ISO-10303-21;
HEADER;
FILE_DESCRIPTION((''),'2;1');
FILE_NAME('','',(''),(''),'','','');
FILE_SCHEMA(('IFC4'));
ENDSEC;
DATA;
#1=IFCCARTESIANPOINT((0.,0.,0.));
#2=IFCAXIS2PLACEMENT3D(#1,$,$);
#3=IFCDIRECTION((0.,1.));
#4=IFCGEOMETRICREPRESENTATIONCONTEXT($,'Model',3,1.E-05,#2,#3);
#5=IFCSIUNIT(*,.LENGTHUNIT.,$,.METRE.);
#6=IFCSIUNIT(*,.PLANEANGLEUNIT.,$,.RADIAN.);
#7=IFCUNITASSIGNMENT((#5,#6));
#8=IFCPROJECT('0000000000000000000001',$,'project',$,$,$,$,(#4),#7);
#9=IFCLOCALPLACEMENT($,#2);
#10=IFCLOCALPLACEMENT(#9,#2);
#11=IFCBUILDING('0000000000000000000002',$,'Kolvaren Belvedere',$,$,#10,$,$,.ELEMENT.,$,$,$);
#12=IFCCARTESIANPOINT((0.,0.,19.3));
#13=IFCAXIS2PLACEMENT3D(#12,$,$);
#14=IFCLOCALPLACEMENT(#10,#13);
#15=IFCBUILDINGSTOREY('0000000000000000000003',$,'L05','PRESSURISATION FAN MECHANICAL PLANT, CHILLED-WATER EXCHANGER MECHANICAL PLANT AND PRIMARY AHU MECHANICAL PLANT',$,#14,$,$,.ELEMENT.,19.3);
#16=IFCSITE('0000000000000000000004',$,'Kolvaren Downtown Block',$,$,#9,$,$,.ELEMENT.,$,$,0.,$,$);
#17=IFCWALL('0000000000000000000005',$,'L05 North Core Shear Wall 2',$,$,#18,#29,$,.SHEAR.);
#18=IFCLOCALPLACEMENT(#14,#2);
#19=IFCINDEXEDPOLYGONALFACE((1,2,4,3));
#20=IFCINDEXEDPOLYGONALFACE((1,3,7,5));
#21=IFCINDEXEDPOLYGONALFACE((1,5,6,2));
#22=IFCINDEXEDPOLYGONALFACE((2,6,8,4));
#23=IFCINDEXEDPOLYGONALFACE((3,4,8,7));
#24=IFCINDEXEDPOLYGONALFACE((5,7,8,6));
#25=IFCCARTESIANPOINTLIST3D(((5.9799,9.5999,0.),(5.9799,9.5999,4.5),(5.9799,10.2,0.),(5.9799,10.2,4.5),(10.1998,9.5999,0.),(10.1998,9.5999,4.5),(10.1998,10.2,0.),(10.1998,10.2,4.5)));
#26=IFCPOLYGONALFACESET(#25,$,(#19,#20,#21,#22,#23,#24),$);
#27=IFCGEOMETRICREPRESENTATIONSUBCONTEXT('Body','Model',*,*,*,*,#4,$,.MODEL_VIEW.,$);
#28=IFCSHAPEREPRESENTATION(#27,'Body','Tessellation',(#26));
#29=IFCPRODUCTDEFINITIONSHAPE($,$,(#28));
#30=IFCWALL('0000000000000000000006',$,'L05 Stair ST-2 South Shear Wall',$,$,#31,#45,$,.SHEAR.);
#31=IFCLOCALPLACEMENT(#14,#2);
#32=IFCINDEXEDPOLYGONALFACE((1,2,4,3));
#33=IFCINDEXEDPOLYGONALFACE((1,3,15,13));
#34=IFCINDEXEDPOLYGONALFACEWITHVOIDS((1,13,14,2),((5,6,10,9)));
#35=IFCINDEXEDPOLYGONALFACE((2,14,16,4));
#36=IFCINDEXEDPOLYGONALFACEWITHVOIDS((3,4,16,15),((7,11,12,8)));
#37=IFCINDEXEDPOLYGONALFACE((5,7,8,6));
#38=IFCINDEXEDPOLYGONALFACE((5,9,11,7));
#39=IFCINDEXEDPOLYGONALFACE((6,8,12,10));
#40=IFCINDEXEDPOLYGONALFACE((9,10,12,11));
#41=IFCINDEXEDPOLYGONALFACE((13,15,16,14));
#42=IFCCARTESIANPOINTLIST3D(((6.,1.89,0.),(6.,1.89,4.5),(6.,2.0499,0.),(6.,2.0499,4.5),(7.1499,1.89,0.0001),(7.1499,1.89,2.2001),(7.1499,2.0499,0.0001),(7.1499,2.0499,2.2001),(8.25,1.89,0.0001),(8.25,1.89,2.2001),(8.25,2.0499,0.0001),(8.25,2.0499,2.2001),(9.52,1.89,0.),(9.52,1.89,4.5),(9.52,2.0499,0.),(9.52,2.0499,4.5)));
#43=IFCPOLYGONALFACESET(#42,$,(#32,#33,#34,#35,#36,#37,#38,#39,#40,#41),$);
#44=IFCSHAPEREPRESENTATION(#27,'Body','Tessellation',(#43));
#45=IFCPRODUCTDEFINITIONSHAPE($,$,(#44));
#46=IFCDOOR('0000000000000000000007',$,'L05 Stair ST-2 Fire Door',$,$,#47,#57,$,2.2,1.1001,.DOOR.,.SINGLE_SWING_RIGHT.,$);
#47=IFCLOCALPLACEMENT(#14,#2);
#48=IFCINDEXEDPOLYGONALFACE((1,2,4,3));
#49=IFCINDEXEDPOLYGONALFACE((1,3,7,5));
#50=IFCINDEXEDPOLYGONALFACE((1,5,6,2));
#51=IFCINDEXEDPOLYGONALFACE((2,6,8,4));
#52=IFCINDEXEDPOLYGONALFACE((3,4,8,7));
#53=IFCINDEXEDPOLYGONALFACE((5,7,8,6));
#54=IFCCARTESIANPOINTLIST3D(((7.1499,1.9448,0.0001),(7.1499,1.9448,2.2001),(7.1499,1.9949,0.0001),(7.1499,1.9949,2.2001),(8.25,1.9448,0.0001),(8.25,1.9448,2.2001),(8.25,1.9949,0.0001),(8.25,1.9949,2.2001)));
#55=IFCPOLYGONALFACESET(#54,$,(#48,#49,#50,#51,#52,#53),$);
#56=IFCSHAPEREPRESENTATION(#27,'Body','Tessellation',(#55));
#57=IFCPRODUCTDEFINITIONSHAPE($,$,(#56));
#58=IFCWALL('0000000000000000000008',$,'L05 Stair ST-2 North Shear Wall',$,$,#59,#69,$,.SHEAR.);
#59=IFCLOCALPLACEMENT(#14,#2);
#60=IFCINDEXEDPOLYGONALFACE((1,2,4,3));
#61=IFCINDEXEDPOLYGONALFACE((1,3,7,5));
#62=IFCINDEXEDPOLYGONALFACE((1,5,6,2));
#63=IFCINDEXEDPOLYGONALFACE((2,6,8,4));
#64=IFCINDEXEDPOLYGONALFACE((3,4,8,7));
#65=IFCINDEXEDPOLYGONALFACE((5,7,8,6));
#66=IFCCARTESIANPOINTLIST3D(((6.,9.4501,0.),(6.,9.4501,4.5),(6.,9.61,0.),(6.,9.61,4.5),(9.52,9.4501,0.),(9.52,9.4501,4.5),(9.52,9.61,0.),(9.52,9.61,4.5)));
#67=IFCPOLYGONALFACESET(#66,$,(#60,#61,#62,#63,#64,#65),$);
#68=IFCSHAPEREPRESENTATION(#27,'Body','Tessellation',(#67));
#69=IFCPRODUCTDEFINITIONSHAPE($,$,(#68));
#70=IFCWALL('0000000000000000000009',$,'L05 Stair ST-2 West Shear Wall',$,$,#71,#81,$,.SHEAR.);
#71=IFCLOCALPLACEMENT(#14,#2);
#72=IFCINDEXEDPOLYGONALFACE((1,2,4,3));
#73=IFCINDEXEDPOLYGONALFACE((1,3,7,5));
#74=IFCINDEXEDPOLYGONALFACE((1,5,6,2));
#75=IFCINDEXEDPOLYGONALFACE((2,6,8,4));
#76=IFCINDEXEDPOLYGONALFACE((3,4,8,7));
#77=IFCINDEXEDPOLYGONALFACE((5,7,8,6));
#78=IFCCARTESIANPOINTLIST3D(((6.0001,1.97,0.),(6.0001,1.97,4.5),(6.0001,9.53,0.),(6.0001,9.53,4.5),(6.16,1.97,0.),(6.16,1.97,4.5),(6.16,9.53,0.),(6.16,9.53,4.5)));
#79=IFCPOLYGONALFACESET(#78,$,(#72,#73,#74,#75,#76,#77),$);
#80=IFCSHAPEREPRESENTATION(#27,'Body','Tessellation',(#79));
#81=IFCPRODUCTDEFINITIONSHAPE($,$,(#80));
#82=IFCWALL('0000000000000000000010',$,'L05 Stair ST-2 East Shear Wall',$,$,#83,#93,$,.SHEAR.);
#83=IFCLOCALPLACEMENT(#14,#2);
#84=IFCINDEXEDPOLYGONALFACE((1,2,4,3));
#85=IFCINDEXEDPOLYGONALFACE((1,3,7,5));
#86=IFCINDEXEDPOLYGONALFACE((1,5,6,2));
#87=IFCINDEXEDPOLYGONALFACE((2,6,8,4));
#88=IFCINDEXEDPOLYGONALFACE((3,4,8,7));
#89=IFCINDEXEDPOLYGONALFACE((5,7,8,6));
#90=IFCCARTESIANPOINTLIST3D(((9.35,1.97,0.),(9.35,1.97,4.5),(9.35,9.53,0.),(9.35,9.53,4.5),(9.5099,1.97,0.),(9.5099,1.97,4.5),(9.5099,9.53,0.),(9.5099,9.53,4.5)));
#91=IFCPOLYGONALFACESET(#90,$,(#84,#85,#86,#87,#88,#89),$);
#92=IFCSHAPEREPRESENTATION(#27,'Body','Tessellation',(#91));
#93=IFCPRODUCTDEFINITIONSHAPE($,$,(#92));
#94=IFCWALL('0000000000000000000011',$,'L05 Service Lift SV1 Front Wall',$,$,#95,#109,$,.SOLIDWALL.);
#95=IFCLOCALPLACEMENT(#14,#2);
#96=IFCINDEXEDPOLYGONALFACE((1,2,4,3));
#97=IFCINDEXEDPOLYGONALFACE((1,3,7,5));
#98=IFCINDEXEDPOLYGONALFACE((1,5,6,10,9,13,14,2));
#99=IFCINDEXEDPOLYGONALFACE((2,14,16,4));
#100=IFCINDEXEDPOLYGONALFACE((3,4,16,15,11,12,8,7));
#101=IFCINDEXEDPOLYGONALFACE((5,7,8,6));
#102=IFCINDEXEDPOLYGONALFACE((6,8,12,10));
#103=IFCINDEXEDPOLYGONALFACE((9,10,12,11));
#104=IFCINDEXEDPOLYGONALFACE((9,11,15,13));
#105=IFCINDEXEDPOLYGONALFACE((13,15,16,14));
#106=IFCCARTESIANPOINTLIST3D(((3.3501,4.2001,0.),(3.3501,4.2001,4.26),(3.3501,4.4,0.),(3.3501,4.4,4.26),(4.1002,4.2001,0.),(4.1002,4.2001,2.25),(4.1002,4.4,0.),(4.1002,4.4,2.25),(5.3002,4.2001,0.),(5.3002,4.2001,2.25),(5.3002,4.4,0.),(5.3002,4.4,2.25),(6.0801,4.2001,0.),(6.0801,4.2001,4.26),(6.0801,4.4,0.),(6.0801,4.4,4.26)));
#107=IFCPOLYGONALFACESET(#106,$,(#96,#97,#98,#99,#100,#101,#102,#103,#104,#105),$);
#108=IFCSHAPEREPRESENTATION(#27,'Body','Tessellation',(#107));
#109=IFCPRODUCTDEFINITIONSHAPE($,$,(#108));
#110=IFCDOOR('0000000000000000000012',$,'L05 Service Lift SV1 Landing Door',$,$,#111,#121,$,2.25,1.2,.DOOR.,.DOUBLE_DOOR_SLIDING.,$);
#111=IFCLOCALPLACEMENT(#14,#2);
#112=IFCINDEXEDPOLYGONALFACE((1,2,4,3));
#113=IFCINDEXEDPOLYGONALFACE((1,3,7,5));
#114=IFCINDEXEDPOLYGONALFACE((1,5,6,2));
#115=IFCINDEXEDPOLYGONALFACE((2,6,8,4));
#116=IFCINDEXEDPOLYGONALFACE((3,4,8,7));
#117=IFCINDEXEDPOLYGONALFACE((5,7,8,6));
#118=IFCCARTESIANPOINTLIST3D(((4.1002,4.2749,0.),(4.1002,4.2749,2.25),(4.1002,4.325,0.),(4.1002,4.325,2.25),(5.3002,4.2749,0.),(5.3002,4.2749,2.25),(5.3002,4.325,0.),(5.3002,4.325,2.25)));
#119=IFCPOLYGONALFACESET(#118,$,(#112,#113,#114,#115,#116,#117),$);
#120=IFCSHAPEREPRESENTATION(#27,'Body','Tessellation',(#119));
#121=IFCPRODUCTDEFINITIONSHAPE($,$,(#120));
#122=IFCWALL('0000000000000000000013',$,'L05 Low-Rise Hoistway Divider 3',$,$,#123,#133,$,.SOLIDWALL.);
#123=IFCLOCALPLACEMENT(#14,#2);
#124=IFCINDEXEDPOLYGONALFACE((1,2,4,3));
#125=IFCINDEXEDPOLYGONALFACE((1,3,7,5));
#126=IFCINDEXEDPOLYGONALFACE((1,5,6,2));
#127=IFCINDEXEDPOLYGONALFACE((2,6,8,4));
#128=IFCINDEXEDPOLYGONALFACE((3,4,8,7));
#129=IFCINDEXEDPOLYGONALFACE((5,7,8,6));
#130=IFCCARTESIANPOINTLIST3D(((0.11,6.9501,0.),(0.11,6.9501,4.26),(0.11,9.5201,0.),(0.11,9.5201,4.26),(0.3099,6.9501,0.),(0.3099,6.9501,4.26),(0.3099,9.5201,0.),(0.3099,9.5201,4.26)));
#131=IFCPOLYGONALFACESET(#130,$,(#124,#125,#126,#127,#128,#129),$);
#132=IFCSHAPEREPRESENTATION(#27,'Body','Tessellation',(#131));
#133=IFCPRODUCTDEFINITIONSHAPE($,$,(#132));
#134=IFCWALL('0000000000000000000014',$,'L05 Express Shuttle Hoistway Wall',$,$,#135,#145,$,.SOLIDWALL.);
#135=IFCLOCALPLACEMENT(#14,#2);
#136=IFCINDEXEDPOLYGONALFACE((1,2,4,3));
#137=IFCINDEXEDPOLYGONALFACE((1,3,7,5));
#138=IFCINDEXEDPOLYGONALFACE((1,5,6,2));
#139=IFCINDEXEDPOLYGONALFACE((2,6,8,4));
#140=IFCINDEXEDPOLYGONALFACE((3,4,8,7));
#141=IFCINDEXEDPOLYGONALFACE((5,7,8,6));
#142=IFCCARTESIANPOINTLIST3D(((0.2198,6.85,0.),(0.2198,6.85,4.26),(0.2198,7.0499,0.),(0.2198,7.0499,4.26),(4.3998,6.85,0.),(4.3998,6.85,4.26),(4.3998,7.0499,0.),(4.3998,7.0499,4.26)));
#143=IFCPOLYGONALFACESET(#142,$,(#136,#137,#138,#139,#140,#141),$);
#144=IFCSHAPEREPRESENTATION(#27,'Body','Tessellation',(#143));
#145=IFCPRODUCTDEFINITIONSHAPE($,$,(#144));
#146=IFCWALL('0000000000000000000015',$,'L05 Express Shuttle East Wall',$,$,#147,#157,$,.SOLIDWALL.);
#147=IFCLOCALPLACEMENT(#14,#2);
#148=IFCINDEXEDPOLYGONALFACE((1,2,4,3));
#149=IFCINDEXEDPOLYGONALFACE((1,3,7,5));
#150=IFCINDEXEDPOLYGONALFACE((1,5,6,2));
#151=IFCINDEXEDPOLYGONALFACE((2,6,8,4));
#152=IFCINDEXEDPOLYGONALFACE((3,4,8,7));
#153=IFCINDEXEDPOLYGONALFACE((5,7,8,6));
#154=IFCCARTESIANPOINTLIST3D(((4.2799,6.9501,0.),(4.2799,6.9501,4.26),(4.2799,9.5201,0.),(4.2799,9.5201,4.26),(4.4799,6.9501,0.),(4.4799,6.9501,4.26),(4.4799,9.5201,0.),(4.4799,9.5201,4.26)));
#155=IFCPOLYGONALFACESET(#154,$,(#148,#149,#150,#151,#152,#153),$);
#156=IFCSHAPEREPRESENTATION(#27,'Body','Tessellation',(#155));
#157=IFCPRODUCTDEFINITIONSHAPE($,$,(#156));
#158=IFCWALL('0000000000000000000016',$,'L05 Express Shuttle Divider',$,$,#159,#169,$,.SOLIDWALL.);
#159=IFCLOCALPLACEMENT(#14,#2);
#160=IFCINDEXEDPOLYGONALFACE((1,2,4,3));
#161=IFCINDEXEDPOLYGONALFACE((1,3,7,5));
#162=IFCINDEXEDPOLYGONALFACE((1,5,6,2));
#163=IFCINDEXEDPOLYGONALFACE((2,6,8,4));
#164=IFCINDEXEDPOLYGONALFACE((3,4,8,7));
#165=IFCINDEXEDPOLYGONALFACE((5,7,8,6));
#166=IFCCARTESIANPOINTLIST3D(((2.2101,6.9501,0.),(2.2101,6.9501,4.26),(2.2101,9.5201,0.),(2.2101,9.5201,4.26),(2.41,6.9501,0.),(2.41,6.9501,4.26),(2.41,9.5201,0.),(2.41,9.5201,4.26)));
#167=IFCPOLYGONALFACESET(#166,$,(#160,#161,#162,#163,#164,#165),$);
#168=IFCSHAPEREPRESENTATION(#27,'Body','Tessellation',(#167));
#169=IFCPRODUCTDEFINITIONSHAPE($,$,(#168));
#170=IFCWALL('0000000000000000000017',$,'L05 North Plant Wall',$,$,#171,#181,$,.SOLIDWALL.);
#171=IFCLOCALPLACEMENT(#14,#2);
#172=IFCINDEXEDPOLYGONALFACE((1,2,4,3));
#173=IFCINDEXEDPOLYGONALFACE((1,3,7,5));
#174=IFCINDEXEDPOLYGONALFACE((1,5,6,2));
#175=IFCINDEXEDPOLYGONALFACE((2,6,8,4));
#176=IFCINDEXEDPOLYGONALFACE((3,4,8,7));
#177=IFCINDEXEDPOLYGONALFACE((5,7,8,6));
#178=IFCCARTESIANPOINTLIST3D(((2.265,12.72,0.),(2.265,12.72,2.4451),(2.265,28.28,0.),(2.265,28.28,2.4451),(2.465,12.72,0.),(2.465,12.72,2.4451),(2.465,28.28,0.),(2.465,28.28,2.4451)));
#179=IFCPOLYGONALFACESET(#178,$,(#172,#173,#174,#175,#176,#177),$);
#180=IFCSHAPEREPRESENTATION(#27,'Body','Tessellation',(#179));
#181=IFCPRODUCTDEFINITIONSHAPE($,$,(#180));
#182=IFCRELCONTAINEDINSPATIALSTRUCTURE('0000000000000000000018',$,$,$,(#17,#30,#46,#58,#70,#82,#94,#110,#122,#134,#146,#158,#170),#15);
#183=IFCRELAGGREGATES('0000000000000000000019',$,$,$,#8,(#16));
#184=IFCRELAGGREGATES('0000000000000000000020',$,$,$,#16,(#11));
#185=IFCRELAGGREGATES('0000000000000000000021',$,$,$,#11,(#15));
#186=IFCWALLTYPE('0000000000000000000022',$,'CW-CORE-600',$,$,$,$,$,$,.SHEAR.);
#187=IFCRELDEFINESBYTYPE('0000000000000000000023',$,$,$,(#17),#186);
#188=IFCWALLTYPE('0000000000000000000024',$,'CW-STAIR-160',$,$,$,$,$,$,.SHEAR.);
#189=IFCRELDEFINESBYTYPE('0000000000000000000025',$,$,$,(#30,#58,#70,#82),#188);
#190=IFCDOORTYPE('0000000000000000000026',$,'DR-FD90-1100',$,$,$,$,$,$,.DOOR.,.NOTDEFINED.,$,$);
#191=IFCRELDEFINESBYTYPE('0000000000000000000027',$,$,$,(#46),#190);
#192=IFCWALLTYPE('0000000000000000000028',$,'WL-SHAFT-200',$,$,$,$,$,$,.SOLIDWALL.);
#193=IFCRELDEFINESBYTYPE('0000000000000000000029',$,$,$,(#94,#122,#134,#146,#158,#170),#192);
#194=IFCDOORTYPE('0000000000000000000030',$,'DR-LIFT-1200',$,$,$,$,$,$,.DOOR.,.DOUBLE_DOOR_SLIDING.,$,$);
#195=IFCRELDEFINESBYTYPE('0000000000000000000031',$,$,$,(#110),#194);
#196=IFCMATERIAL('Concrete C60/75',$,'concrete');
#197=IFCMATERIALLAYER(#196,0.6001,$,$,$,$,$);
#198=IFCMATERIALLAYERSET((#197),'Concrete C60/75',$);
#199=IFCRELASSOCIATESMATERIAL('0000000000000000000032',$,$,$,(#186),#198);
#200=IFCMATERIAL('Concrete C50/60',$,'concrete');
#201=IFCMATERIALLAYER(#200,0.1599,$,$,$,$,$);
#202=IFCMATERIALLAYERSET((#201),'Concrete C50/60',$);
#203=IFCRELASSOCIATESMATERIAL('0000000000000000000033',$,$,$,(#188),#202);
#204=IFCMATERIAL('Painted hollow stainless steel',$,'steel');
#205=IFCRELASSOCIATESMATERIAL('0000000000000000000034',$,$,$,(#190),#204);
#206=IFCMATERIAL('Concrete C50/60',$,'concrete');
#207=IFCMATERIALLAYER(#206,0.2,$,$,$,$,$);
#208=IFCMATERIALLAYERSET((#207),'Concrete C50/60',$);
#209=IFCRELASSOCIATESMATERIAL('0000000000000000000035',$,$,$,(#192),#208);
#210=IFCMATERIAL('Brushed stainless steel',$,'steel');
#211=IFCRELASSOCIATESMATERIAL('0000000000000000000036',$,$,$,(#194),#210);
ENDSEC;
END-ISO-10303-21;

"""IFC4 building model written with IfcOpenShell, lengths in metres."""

from ifc_helpers import new_model, si_unit, direction, frame, frame_2d, origin, place, context, subcontext, project, spatial, rectangle, extrude, material, layer, layer_set, type_object, element, fill, save


model = new_model("IFC4")

# Units and contexts
model_context = context("Model", 3, precision=1e-05, world=origin(), true_north=direction((0.0, 1.0)))
body_context = subcontext(model_context, "Body", "Model", "MODEL_VIEW")
ifc_project = project(units=[si_unit("LENGTHUNIT", "METRE"), si_unit("PLANEANGLEUNIT", "RADIAN")], contexts=[model_context])

# Site, building, storey
site_placement = place(None, origin())
site = spatial("IfcSite", under=ifc_project, at=site_placement, Name="Kolvaren Downtown Block", CompositionType="ELEMENT", RefElevation=0.0)
building_placement = place(site_placement, origin())
building = spatial("IfcBuilding", under=site, at=building_placement, Name="Kolvaren Belvedere", CompositionType="ELEMENT")
storey_placement = place(building_placement, frame((0.0, 0.0, 19.3)))
storey = spatial("IfcBuildingStorey", under=building, at=storey_placement, Name="L05", Description="PRESSURISATION FAN MECHANICAL PLANT, CHILLED-WATER EXCHANGER MECHANICAL PLANT AND PRIMARY AHU MECHANICAL PLANT", CompositionType="ELEMENT", Elevation=19.3)

# Wall
ifc_material_1 = material(Name="Concrete C60/75", Category="concrete")
ifc_layer_1 = layer(ifc_material_1, 0.6001)
ifc_layer_set_1 = layer_set([ifc_layer_1], Name="Concrete C60/75")
wall_type_1 = type_object("IfcWallType", Name="CW-CORE-600", PredefinedType="SHEAR", material=ifc_layer_set_1)
wall_1_placement = place(storey_placement, frame((5.98, 9.8999, 0.0), z_axis=(0.0, 0.0, 1.0), x_axis=(1.0, 0.0, 0.0)))
element("IfcWall", 1, at=wall_1_placement, inside=storey, type_object=wall_type_1, Name="L05 North Core Shear Wall 2", PredefinedType="SHEAR", context=body_context, shape_type="SweptSolid", body=[
    extrude(rectangle(XDim=4.22, YDim=0.6001, at=frame_2d((2.1099, 0.0))), origin(), (0.0, 0.0, 1.0), 4.5),
])

# Wall, opening, door
ifc_material_2 = material(Name="Concrete C50/60", Category="concrete")
ifc_layer_2 = layer(ifc_material_2, 0.1599)
ifc_layer_set_2 = layer_set([ifc_layer_2], Name="Concrete C50/60")
wall_type_2 = type_object("IfcWallType", Name="CW-STAIR-160", PredefinedType="SHEAR", material=ifc_layer_set_2)
wall_2_placement = place(storey_placement, frame((6.0, 1.97, 0.0), z_axis=(0.0, 0.0, 1.0), x_axis=(1.0, 0.0, 0.0)))
wall_2 = element("IfcWall", 2, at=wall_2_placement, inside=storey, type_object=wall_type_2, Name="L05 Stair ST-2 South Shear Wall", PredefinedType="SHEAR", context=body_context, shape_type="SweptSolid", body=[
    extrude(rectangle(XDim=3.52, YDim=0.1599, at=frame_2d((1.76, 0.0))), origin(), (0.0, 0.0, 1.0), 4.5),
])
opening_1_placement = place(wall_2_placement, frame((1.1499, 0.0, 0.0)))
opening_1 = element("IfcOpeningElement", 3, at=opening_1_placement, cuts=wall_2, PredefinedType="OPENING", context=body_context, shape_type="SweptSolid", body=[
    extrude(rectangle(XDim=1.1001, YDim=2.2, at=frame_2d((0.55, 1.1001))), frame((0.0, 0.0898, 0.0), z_axis=(0.0, -1.0, 0.0), x_axis=(1.0, 0.0, 0.0)), (0.0, 0.0, 1.0), 0.1799),
])
ifc_material_3 = material(Name="Painted hollow stainless steel", Category="steel")
door_type_1 = type_object("IfcDoorType", Name="DR-FD90-1100", OperationType="NOTDEFINED", PredefinedType="DOOR", material=ifc_material_3)
door_1_placement = place(opening_1_placement, origin())
door_1 = element("IfcDoor", 4, at=door_1_placement, inside=storey, type_object=door_type_1, Name="L05 Stair ST-2 Fire Door", OperationType="SINGLE_SWING_RIGHT", OverallHeight=2.2, OverallWidth=1.1001, PredefinedType="DOOR", context=body_context, shape_type="SweptSolid", body=[
    extrude(rectangle(XDim=1.1001, YDim=2.2, at=frame_2d((0.55, 1.1001))), frame((0.0, 0.0249, 0.0), z_axis=(0.0, -1.0, 0.0), x_axis=(1.0, 0.0, 0.0)), (0.0, 0.0, 1.0), 0.05),
])
fill(opening_1, door_1)

# Walls
wall_3_placement = place(storey_placement, frame((6.0, 9.53, 0.0), z_axis=(0.0, 0.0, 1.0), x_axis=(1.0, 0.0, 0.0)))
element("IfcWall", 5, at=wall_3_placement, inside=storey, type_object=wall_type_2, Name="L05 Stair ST-2 North Shear Wall", PredefinedType="SHEAR", context=body_context, shape_type="SweptSolid", body=[
    extrude(rectangle(XDim=3.52, YDim=0.1599, at=frame_2d((1.76, 0.0))), origin(), (0.0, 0.0, 1.0), 4.5),
])
for number, where, z_axis, x_axis, name in (
    (6, (6.0801, 1.97, 0.0), (0.0, 0.0, 1.0), (0.0, 1.0, 0.0), "L05 Stair ST-2 West Shear Wall"),
    (7, (9.4299, 1.97, 0.0), (0.0, 0.0, 1.0), (0.0, 1.0, 0.0), "L05 Stair ST-2 East Shear Wall"),
):
    element("IfcWall", number, at=place(storey_placement, frame(where, z_axis=z_axis, x_axis=x_axis)), inside=storey, type_object=wall_type_2, Name=name, PredefinedType="SHEAR", context=body_context, shape_type="SweptSolid", body=[
        extrude(rectangle(XDim=7.5601, YDim=0.1599, at=frame_2d((3.78, 0.0))), origin(), (0.0, 0.0, 1.0), 4.5),
    ])

# Wall, opening, door
ifc_material_4 = material(Name="Concrete C50/60", Category="concrete")
ifc_layer_3 = layer(ifc_material_4, 0.2)
ifc_layer_set_3 = layer_set([ifc_layer_3], Name="Concrete C50/60")
wall_type_3 = type_object("IfcWallType", Name="WL-SHAFT-200", PredefinedType="SOLIDWALL", material=ifc_layer_set_3)
wall_4_placement = place(storey_placement, frame((3.3501, 4.3, 0.0), z_axis=(0.0, 0.0, 1.0), x_axis=(1.0, 0.0, 0.0)))
wall_4 = element("IfcWall", 8, at=wall_4_placement, inside=storey, type_object=wall_type_3, Name="L05 Service Lift SV1 Front Wall", PredefinedType="SOLIDWALL", context=body_context, shape_type="SweptSolid", body=[
    extrude(rectangle(XDim=2.73, YDim=0.2, at=frame_2d((1.365, 0.0))), origin(), (0.0, 0.0, 1.0), 4.26),
])
opening_2_placement = place(wall_4_placement, frame((0.75, 0.0, 0.0)))
opening_2 = element("IfcOpeningElement", 9, at=opening_2_placement, cuts=wall_4, PredefinedType="OPENING", context=body_context, shape_type="SweptSolid", body=[
    extrude(rectangle(XDim=1.2, YDim=2.25, at=frame_2d((0.6001, 1.125))), frame((0.0, 0.1099, 0.0), z_axis=(0.0, -1.0, 0.0), x_axis=(1.0, 0.0, 0.0)), (0.0, 0.0, 1.0), 0.22),
])
ifc_material_5 = material(Name="Brushed stainless steel", Category="steel")
door_type_2 = type_object("IfcDoorType", Name="DR-LIFT-1200", OperationType="DOUBLE_DOOR_SLIDING", PredefinedType="DOOR", material=ifc_material_5)
door_2_placement = place(opening_2_placement, origin())
door_2 = element("IfcDoor", 10, at=door_2_placement, inside=storey, type_object=door_type_2, Name="L05 Service Lift SV1 Landing Door", OperationType="DOUBLE_DOOR_SLIDING", OverallHeight=2.25, OverallWidth=1.2, PredefinedType="DOOR", context=body_context, shape_type="SweptSolid", body=[
    extrude(rectangle(XDim=1.2, YDim=2.25, at=frame_2d((0.6001, 1.125))), frame((0.0, 0.0249, 0.0), z_axis=(0.0, -1.0, 0.0), x_axis=(1.0, 0.0, 0.0)), (0.0, 0.0, 1.0), 0.05),
])
fill(opening_2, door_2)

# Walls
wall_5_placement = place(storey_placement, frame((0.21, 6.95, 0.0), z_axis=(0.0, 0.0, 1.0), x_axis=(0.0, 1.0, 0.0)))
element("IfcWall", 11, at=wall_5_placement, inside=storey, type_object=wall_type_3, Name="L05 Low-Rise Hoistway Divider 3", PredefinedType="SOLIDWALL", context=body_context, shape_type="SweptSolid", body=[
    extrude(rectangle(XDim=2.5701, YDim=0.2, at=frame_2d((1.2852, 0.0))), origin(), (0.0, 0.0, 1.0), 4.26),
])
wall_6_placement = place(storey_placement, frame((0.22, 6.95, 0.0), z_axis=(0.0, 0.0, 1.0), x_axis=(1.0, 0.0, 0.0)))
element("IfcWall", 12, at=wall_6_placement, inside=storey, type_object=wall_type_3, Name="L05 Express Shuttle Hoistway Wall", PredefinedType="SOLIDWALL", context=body_context, shape_type="SweptSolid", body=[
    extrude(rectangle(XDim=4.1799, YDim=0.2, at=frame_2d((2.0898, 0.0))), origin(), (0.0, 0.0, 1.0), 4.26),
])
for number, where, z_axis, x_axis, name in (
    (13, (4.3799, 6.95, 0.0), (0.0, 0.0, 1.0), (0.0, 1.0, 0.0), "L05 Express Shuttle East Wall"),
    (14, (2.3101, 6.95, 0.0), (0.0, 0.0, 1.0), (0.0, 1.0, 0.0), "L05 Express Shuttle Divider"),
):
    element("IfcWall", number, at=place(storey_placement, frame(where, z_axis=z_axis, x_axis=x_axis)), inside=storey, type_object=wall_type_3, Name=name, PredefinedType="SOLIDWALL", context=body_context, shape_type="SweptSolid", body=[
        extrude(rectangle(XDim=2.5701, YDim=0.2, at=frame_2d((1.2852, 0.0))), origin(), (0.0, 0.0, 1.0), 4.26),
    ])
wall_7_placement = place(storey_placement, frame((2.365, 12.72, 0.0), z_axis=(0.0, 0.0, 1.0), x_axis=(0.0, 1.0, 0.0)))
element("IfcWall", 15, at=wall_7_placement, inside=storey, type_object=wall_type_3, Name="L05 North Plant Wall", PredefinedType="SOLIDWALL", context=body_context, shape_type="SweptSolid", body=[
    extrude(rectangle(XDim=15.5601, YDim=0.2, at=frame_2d((7.78, 0.0))), origin(), (0.0, 0.0, 1.0), 2.4451),
])

save(model, "model.ifc")
